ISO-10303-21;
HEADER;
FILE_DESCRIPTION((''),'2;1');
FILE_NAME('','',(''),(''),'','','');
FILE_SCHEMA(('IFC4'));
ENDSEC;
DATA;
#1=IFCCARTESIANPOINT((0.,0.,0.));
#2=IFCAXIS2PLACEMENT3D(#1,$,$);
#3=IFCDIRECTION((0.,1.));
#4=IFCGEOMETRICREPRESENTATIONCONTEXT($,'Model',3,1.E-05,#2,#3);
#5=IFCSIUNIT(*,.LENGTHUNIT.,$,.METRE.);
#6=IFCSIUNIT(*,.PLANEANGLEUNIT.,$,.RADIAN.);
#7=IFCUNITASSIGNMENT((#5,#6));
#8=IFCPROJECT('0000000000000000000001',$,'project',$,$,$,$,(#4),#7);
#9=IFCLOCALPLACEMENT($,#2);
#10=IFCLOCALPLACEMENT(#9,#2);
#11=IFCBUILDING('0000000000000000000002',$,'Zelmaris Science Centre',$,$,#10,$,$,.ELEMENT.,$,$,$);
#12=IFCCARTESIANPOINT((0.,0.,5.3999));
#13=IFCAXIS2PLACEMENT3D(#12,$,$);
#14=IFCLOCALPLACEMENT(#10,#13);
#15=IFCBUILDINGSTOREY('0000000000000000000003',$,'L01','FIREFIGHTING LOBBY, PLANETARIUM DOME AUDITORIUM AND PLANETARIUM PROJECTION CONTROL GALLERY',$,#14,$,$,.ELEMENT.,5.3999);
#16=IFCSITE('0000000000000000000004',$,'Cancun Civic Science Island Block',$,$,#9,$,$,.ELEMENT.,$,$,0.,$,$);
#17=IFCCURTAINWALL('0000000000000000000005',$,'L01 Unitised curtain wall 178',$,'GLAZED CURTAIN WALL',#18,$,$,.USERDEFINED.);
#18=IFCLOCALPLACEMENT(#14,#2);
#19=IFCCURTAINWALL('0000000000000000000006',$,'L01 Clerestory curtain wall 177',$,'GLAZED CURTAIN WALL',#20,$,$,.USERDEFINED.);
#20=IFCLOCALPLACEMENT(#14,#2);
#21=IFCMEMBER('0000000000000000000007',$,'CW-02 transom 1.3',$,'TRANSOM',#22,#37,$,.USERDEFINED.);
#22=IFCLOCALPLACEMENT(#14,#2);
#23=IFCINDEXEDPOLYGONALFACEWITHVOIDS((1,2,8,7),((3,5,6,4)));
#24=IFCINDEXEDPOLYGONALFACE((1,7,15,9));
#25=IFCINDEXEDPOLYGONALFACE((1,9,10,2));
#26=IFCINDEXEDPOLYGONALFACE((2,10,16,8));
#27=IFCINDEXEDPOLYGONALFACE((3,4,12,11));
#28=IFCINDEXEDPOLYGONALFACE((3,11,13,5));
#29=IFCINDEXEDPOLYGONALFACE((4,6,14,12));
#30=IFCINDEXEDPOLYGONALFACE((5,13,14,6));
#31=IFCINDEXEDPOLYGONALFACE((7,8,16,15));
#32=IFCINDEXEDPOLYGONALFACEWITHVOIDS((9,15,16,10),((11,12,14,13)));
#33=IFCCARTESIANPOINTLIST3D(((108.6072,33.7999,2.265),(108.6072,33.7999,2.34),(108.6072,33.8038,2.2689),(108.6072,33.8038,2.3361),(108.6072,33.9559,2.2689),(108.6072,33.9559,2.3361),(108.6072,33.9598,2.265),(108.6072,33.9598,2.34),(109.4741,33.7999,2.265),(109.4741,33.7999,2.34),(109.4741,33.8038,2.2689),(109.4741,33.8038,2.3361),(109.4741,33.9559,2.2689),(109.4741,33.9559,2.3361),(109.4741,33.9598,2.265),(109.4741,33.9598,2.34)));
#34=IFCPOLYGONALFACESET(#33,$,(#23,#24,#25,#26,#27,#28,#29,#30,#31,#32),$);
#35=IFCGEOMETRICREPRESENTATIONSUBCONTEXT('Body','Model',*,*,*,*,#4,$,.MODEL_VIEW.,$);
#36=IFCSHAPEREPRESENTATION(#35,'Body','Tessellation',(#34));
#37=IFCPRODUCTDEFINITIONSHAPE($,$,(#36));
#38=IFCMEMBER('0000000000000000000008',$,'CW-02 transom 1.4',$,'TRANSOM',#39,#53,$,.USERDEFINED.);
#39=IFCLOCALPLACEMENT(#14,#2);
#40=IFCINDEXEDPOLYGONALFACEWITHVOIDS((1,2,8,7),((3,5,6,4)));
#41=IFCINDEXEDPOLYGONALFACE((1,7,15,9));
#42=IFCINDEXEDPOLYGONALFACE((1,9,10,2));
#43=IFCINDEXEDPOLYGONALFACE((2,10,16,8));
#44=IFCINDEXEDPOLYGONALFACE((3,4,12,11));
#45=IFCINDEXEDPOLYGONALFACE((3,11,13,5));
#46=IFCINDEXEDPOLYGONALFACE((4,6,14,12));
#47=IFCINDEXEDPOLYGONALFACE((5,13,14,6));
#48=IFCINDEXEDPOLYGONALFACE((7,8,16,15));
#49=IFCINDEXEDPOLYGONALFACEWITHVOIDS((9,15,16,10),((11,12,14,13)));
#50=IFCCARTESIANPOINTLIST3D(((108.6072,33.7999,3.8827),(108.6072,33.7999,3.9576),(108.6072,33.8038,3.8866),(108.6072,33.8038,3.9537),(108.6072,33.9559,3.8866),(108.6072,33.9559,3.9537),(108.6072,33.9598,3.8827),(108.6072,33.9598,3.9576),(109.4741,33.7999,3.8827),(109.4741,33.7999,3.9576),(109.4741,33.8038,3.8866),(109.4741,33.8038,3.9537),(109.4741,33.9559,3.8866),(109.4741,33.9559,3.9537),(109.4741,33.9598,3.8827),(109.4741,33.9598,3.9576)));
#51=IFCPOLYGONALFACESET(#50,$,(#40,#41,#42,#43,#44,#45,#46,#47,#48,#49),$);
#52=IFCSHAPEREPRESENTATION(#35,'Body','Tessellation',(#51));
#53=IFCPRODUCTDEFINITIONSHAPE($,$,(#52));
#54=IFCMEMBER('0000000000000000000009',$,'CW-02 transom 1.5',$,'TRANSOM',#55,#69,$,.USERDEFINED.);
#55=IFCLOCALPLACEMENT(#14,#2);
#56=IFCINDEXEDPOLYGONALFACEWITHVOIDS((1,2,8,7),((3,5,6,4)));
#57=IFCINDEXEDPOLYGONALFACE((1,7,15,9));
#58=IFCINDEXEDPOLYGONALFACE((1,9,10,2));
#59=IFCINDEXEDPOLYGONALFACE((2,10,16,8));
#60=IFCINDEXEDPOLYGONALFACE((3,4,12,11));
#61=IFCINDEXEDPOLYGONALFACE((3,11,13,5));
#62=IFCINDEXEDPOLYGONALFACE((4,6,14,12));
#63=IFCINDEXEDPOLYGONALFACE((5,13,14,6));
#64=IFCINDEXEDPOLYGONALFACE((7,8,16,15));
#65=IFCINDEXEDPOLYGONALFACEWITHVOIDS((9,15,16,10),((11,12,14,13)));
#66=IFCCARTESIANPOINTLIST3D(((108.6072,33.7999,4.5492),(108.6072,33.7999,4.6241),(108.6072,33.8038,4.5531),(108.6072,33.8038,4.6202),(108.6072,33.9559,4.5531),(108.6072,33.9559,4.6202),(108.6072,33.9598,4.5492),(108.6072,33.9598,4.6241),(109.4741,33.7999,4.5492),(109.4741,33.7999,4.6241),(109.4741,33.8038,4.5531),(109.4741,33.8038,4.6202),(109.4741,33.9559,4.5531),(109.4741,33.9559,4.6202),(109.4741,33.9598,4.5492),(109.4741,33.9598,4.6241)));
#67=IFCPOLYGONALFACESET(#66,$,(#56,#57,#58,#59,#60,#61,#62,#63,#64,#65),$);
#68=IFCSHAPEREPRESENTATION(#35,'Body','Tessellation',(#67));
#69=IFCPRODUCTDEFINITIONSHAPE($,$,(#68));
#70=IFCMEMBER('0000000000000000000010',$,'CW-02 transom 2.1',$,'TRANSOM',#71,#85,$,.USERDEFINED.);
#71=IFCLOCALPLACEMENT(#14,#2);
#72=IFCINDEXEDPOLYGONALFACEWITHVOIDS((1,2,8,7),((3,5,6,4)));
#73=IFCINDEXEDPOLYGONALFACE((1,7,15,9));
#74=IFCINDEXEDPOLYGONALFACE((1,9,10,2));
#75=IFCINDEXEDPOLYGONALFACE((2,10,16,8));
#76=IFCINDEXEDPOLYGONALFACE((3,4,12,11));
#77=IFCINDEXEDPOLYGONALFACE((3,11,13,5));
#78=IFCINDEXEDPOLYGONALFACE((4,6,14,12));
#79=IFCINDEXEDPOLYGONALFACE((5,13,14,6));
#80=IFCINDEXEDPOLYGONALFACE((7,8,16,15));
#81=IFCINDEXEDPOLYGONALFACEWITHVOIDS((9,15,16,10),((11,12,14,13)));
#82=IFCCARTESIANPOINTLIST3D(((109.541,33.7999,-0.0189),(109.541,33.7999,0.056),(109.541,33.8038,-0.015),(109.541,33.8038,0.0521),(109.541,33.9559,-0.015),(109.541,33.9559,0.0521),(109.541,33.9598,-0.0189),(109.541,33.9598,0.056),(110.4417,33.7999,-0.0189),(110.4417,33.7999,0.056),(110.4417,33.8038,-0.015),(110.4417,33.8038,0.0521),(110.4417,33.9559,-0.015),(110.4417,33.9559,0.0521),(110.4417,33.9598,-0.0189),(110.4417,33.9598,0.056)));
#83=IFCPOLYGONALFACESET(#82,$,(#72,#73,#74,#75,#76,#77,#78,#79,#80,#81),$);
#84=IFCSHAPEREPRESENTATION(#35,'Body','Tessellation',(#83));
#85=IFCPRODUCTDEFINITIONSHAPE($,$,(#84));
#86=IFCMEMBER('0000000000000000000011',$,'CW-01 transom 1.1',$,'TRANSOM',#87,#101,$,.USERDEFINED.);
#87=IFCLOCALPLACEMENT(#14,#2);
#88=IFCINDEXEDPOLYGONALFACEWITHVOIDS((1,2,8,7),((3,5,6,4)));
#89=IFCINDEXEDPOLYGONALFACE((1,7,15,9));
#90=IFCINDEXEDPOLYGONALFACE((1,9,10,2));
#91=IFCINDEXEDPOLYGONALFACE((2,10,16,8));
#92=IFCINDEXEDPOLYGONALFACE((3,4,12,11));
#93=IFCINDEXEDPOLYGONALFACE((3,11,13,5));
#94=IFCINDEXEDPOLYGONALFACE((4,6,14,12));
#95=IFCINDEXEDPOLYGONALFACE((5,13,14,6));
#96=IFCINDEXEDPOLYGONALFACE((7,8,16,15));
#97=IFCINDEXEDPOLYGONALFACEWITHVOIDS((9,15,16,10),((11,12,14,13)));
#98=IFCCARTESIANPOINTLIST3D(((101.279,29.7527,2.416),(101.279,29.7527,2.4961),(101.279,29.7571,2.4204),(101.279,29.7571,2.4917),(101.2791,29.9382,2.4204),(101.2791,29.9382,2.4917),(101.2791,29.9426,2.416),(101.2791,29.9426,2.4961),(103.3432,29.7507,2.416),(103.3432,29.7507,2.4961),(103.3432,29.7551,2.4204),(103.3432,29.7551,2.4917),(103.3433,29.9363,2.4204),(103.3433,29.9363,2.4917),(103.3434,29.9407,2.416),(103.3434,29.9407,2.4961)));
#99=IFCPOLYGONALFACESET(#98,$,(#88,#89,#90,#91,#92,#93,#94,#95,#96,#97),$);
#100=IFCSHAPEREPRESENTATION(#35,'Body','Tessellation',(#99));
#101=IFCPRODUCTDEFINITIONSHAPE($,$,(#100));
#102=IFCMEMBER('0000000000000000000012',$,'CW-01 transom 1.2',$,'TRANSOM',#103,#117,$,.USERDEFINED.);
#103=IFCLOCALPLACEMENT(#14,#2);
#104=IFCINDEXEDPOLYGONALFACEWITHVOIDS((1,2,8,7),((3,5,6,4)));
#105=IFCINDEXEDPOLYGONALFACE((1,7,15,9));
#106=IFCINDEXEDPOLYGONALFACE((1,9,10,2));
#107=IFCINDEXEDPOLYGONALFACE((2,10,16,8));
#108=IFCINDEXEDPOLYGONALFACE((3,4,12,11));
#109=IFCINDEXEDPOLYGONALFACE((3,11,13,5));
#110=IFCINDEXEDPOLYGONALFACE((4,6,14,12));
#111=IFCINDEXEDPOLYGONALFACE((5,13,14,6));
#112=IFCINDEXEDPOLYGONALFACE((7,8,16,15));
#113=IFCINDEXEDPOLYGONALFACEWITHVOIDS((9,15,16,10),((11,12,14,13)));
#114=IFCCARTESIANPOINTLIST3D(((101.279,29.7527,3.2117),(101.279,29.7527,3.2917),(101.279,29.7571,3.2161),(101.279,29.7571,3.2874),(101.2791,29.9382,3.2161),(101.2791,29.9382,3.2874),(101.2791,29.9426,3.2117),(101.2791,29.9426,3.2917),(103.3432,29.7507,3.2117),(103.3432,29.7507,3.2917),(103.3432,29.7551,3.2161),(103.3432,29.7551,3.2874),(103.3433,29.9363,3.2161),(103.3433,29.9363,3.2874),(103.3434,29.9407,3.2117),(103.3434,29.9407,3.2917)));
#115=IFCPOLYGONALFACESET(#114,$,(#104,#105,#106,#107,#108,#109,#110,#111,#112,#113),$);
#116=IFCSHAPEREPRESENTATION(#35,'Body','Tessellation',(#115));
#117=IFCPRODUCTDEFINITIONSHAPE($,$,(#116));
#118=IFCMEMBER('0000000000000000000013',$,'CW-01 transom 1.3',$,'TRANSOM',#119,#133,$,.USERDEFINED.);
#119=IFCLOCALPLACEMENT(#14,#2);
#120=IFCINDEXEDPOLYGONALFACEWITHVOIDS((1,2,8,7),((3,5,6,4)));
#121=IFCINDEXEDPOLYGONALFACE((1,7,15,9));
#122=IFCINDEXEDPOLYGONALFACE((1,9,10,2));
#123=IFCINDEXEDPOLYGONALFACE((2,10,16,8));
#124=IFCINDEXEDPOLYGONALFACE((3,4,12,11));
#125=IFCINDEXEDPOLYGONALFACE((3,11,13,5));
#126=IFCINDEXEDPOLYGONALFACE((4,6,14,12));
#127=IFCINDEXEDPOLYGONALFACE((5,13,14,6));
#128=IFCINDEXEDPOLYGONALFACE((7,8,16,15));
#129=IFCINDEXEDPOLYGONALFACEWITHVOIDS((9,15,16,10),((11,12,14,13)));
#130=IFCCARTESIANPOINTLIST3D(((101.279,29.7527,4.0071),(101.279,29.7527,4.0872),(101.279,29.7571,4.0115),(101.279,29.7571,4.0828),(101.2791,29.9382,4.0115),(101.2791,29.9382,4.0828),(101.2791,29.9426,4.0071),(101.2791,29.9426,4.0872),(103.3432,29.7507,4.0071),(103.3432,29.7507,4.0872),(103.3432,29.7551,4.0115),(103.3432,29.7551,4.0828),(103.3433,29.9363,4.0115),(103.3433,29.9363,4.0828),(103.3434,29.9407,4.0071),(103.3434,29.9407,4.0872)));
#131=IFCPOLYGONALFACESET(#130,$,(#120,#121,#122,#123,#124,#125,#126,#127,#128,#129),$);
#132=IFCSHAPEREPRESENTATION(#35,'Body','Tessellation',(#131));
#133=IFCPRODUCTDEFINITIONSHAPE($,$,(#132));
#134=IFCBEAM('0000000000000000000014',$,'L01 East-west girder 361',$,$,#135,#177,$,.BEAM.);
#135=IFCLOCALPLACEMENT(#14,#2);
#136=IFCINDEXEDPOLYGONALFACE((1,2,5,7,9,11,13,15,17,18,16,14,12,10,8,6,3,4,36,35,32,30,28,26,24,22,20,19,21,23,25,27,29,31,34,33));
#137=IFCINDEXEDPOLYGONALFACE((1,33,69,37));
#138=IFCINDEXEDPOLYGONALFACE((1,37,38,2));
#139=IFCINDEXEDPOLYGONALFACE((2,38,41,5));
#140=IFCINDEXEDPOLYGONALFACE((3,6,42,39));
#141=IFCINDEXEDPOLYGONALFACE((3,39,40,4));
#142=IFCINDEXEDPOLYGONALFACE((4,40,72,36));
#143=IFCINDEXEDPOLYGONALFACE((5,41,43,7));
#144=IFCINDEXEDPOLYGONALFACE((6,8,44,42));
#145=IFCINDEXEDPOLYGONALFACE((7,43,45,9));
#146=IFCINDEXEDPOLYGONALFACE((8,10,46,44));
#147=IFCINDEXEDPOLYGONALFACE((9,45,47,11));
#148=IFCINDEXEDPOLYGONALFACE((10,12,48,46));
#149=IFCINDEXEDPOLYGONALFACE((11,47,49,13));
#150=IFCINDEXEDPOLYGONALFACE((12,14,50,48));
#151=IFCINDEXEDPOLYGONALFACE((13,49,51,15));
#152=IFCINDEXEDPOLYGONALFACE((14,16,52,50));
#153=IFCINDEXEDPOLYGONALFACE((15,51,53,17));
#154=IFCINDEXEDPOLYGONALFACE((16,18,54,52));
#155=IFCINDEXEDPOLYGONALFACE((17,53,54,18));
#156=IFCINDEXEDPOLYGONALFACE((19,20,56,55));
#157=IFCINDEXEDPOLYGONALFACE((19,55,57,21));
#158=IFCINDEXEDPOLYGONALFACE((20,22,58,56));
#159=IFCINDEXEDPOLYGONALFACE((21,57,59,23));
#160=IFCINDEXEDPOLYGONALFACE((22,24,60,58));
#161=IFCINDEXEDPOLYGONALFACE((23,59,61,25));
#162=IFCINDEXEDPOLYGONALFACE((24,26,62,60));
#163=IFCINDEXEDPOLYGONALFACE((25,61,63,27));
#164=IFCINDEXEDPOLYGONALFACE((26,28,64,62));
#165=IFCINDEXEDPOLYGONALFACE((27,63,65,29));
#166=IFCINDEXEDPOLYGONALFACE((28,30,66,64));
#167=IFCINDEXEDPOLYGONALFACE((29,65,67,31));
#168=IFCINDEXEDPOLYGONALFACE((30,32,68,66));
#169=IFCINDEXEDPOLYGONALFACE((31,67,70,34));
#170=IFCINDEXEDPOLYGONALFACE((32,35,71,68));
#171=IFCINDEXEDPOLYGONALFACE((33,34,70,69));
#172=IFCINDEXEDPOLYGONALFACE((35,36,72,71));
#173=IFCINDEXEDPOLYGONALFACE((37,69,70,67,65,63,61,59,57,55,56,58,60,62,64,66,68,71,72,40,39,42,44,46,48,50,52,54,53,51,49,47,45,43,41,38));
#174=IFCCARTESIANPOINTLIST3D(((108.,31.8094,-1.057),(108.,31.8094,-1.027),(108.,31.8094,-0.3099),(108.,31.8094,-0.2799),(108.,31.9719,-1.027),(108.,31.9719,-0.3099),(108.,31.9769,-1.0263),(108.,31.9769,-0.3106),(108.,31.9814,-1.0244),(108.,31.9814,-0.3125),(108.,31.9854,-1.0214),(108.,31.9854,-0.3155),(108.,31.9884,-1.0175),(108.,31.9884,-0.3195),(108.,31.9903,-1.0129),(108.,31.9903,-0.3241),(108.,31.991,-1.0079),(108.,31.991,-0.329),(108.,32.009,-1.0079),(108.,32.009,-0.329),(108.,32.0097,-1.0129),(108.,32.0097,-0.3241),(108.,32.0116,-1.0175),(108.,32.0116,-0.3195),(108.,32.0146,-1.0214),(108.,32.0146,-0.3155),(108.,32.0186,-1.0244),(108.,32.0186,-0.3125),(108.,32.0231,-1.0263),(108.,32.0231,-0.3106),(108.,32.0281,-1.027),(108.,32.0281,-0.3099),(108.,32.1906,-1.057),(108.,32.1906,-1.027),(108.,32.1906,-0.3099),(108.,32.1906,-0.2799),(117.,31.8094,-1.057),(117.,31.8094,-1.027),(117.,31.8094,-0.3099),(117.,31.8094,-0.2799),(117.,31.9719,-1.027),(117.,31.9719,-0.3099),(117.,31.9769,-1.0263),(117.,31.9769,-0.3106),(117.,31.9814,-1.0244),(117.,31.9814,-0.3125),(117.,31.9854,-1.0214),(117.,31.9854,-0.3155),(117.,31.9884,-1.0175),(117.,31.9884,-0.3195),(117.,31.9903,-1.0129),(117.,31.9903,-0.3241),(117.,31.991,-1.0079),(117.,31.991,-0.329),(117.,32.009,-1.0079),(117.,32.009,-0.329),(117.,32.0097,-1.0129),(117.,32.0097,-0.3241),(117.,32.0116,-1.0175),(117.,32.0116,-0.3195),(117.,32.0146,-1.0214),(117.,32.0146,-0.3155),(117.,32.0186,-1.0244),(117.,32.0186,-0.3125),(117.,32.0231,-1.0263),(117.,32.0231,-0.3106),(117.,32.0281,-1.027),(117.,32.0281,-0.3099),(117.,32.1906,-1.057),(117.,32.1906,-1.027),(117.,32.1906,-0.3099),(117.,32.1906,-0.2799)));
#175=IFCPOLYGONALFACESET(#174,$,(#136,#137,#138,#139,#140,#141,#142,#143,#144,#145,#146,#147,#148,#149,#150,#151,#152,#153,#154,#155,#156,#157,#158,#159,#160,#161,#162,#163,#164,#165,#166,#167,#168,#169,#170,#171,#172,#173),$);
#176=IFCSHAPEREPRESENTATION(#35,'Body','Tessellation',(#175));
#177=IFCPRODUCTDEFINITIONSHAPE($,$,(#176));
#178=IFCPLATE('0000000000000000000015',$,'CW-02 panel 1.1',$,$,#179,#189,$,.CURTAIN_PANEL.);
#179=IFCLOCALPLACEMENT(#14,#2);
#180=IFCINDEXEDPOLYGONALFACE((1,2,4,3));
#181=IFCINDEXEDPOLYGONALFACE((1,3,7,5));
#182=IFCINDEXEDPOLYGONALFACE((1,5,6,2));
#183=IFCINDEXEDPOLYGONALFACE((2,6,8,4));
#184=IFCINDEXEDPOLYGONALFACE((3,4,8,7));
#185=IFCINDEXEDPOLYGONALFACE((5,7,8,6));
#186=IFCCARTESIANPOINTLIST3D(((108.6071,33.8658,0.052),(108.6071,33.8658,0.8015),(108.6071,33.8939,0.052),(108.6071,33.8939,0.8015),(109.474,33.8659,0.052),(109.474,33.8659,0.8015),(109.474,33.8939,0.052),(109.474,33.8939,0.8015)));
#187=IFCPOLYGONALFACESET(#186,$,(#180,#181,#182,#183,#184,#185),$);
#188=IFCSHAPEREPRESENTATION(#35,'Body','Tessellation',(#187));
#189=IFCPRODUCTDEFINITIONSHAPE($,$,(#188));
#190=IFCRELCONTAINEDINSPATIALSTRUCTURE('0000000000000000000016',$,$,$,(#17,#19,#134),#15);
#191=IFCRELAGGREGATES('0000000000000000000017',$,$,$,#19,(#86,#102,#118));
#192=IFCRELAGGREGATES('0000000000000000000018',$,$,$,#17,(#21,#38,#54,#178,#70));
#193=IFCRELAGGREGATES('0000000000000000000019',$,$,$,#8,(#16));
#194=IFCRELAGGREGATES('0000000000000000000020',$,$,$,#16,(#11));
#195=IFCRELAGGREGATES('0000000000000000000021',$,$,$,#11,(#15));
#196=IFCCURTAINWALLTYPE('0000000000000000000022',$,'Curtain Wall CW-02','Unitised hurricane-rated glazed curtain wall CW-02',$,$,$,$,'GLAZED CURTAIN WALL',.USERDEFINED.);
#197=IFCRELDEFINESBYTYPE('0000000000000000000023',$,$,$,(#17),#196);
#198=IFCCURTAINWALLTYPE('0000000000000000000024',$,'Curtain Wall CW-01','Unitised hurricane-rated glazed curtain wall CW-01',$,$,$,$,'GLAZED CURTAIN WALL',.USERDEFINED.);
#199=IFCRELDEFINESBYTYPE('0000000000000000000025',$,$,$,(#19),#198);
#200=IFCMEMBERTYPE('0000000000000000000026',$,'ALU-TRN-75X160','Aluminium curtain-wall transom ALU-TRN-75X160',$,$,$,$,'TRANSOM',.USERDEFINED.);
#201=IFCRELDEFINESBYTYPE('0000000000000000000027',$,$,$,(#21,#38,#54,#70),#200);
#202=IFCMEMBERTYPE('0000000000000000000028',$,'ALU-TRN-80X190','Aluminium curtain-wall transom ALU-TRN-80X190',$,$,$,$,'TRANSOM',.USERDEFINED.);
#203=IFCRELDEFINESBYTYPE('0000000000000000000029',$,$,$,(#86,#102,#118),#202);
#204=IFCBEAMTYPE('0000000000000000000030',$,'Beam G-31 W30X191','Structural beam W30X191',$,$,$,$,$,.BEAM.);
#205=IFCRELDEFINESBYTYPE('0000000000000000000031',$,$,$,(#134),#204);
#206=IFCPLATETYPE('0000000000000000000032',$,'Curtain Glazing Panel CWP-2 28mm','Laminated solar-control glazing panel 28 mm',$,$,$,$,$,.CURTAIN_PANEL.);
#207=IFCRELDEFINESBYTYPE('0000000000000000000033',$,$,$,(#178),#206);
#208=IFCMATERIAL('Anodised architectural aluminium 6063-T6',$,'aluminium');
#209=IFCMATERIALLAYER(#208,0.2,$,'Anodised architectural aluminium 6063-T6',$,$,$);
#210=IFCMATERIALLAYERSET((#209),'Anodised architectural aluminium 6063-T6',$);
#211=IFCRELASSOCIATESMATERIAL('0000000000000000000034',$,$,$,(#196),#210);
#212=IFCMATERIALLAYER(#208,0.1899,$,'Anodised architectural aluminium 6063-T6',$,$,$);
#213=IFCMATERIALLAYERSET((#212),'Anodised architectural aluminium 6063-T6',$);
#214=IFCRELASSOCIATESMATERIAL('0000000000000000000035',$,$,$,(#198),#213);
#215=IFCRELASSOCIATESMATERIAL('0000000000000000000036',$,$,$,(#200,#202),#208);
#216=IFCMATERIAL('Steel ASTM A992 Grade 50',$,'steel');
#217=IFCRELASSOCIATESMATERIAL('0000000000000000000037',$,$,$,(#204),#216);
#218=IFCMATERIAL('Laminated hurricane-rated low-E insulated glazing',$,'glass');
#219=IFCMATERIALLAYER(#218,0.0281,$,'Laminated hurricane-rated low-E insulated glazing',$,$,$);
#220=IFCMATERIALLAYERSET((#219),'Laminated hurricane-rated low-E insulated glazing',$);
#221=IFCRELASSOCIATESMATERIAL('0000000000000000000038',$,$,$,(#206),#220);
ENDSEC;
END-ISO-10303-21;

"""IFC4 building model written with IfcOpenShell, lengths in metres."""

from ifc_helpers import new_model, si_unit, direction, frame, origin, origin_2d, place, context, subcontext, project, spatial, rectangle, hollow_rectangle, i_section, extrude, material, layer, layer_set, material_profile, profile_set, type_object, element, aggregate, save


model = new_model("IFC4")

# Units and contexts
model_context = context("Model", 3, precision=1e-05, world=origin(), true_north=direction((0.0, 1.0)))
body_context = subcontext(model_context, "Body", "Model", "MODEL_VIEW")
ifc_project = project(units=[si_unit("LENGTHUNIT", "METRE"), si_unit("PLANEANGLEUNIT", "RADIAN")], contexts=[model_context])

# Site, building, storey
site_placement = place(None, origin())
site = spatial("IfcSite", under=ifc_project, at=site_placement, Name="Cancun Civic Science Island Block", CompositionType="ELEMENT", RefElevation=0.0)
building_placement = place(site_placement, origin())
building = spatial("IfcBuilding", under=site, at=building_placement, Name="Zelmaris Science Centre", CompositionType="ELEMENT")
storey_placement = place(building_placement, frame((0.0, 0.0, 5.3999)))
storey = spatial("IfcBuildingStorey", under=building, at=storey_placement, Name="L01", Description="FIREFIGHTING LOBBY, PLANETARIUM DOME AUDITORIUM AND PLANETARIUM PROJECTION CONTROL GALLERY", CompositionType="ELEMENT", Elevation=5.3999)

# Shared definitions
ifc_material_1 = material(Name="Steel ASTM A992 Grade 50", Category="steel")

# Curtain wall
ifc_material_2 = material(Name="Anodised architectural aluminium 6063-T6", Category="aluminium")
ifc_layer_1 = layer(ifc_material_2, 0.2, Name="Anodised architectural aluminium 6063-T6")
ifc_layer_set_1 = layer_set([ifc_layer_1], Name="Anodised architectural aluminium 6063-T6")
curtain_wall_type_1 = type_object("IfcCurtainWallType", Name="Curtain Wall CW-02", Description="Unitised hurricane-rated glazed curtain wall CW-02", ElementType="GLAZED CURTAIN WALL", PredefinedType="USERDEFINED", material=ifc_layer_set_1)
curtain_wall_1_placement = place(storey_placement, origin())
curtain_wall_1 = element("IfcCurtainWall", 1, at=curtain_wall_1_placement, inside=storey, type_object=curtain_wall_type_1, Name="L01 Unitised curtain wall 178", ObjectType="GLAZED CURTAIN WALL", PredefinedType="USERDEFINED")

# Curtain wall
ifc_layer_2 = layer(ifc_material_2, 0.1899, Name="Anodised architectural aluminium 6063-T6")
ifc_layer_set_2 = layer_set([ifc_layer_2], Name="Anodised architectural aluminium 6063-T6")
curtain_wall_type_2 = type_object("IfcCurtainWallType", Name="Curtain Wall CW-01", Description="Unitised hurricane-rated glazed curtain wall CW-01", ElementType="GLAZED CURTAIN WALL", PredefinedType="USERDEFINED", material=ifc_layer_set_2)
curtain_wall_2_placement = place(storey_placement, origin())
curtain_wall_2 = element("IfcCurtainWall", 2, at=curtain_wall_2_placement, inside=storey, type_object=curtain_wall_type_2, Name="L01 Clerestory curtain wall 177", ObjectType="GLAZED CURTAIN WALL", PredefinedType="USERDEFINED")

# Members
ifc_material_profile_1 = material_profile(ifc_material_2, hollow_rectangle(XDim=0.075, YDim=0.1599, WallThickness=0.0039, at=origin_2d()), Name="ALU-TRN-75X160")
ifc_profile_set_1 = profile_set([ifc_material_profile_1], Name="Anodised architectural aluminium 6063-T6")
member_type_1 = type_object("IfcMemberType", Name="ALU-TRN-75X160", Description="Aluminium curtain-wall transom ALU-TRN-75X160", ElementType="TRANSOM", PredefinedType="USERDEFINED", material=ifc_profile_set_1)
member_1_placement = place(storey_placement, frame((108.6072, 33.8799, 2.3025), z_axis=(1.0, 0.0, 0.0), x_axis=(0.0, 0.0, 1.0)))
member_1 = element("IfcMember", 3, at=member_1_placement, type_object=member_type_1, Name="CW-02 transom 1.3", ObjectType="TRANSOM", PredefinedType="USERDEFINED", context=body_context, shape_type="SweptSolid", body=[
    extrude(hollow_rectangle(XDim=0.075, YDim=0.1599, WallThickness=0.0039, at=origin_2d()), origin(), (0.0, 0.0, 1.0), 0.8669),
])
member_2_placement = place(storey_placement, frame((108.6072, 33.8799, 3.9202), z_axis=(1.0, 0.0, 0.0), x_axis=(0.0, 0.0, 1.0)))
member_2 = element("IfcMember", 4, at=member_2_placement, type_object=member_type_1, Name="CW-02 transom 1.4", ObjectType="TRANSOM", PredefinedType="USERDEFINED", context=body_context, shape_type="SweptSolid", body=[
    extrude(hollow_rectangle(XDim=0.075, YDim=0.1599, WallThickness=0.0039, at=origin_2d()), origin(), (0.0, 0.0, 1.0), 0.8669),
])
member_3_placement = place(storey_placement, frame((108.6072, 33.8799, 4.5867), z_axis=(1.0, 0.0, 0.0), x_axis=(0.0, 0.0, 1.0)))
member_3 = element("IfcMember", 5, at=member_3_placement, type_object=member_type_1, Name="CW-02 transom 1.5", ObjectType="TRANSOM", PredefinedType="USERDEFINED", context=body_context, shape_type="SweptSolid", body=[
    extrude(hollow_rectangle(XDim=0.075, YDim=0.1599, WallThickness=0.0039, at=origin_2d()), origin(), (0.0, 0.0, 1.0), 0.8669),
])
member_4_placement = place(storey_placement, frame((109.541, 33.8799, 0.0186), z_axis=(1.0, 0.0, 0.0), x_axis=(0.0, 0.0, 1.0)))
member_4 = element("IfcMember", 6, at=member_4_placement, type_object=member_type_1, Name="CW-02 transom 2.1", ObjectType="TRANSOM", PredefinedType="USERDEFINED", context=body_context, shape_type="SweptSolid", body=[
    extrude(hollow_rectangle(XDim=0.075, YDim=0.1599, WallThickness=0.0039, at=origin_2d()), origin(), (0.0, 0.0, 1.0), 0.9006),
])
ifc_material_profile_2 = material_profile(ifc_material_2, hollow_rectangle(XDim=0.0801, YDim=0.1899, WallThickness=0.0044, at=origin_2d()), Name="ALU-TRN-80X190")
ifc_profile_set_2 = profile_set([ifc_material_profile_2], Name="Anodised architectural aluminium 6063-T6")
member_type_2 = type_object("IfcMemberType", Name="ALU-TRN-80X190", Description="Aluminium curtain-wall transom ALU-TRN-80X190", ElementType="TRANSOM", PredefinedType="USERDEFINED", material=ifc_profile_set_2)
member_5_placement = place(storey_placement, frame((101.2791, 29.8477, 2.4561), z_axis=(1.0, -0.000946, 0.0), x_axis=(0.0, 0.0, 1.0)))
member_5 = element("IfcMember", 7, at=member_5_placement, type_object=member_type_2, Name="CW-01 transom 1.1", ObjectType="TRANSOM", PredefinedType="USERDEFINED", context=body_context, shape_type="SweptSolid", body=[
    extrude(hollow_rectangle(XDim=0.0801, YDim=0.1899, WallThickness=0.0044, at=origin_2d()), origin(), (0.0, 0.0, 1.0), 2.0642),
])
member_6_placement = place(storey_placement, frame((101.2791, 29.8477, 3.2517), z_axis=(1.0, -0.000946, 0.0), x_axis=(0.0, 0.0, 1.0)))
member_6 = element("IfcMember", 8, at=member_6_placement, type_object=member_type_2, Name="CW-01 transom 1.2", ObjectType="TRANSOM", PredefinedType="USERDEFINED", context=body_context, shape_type="SweptSolid", body=[
    extrude(hollow_rectangle(XDim=0.0801, YDim=0.1899, WallThickness=0.0044, at=origin_2d()), origin(), (0.0, 0.0, 1.0), 2.0642),
])
member_7_placement = place(storey_placement, frame((101.2791, 29.8477, 4.0471), z_axis=(1.0, -0.000946, 0.0), x_axis=(0.0, 0.0, 1.0)))
member_7 = element("IfcMember", 9, at=member_7_placement, type_object=member_type_2, Name="CW-01 transom 1.3", ObjectType="TRANSOM", PredefinedType="USERDEFINED", context=body_context, shape_type="SweptSolid", body=[
    extrude(hollow_rectangle(XDim=0.0801, YDim=0.1899, WallThickness=0.0044, at=origin_2d()), origin(), (0.0, 0.0, 1.0), 2.0642),
])
aggregate(curtain_wall_2, [member_5, member_6, member_7])

# Beam
ifc_material_profile_3 = material_profile(ifc_material_1, i_section(OverallWidth=0.3811, OverallDepth=0.7771, WebThickness=0.0181, FlangeThickness=0.03, FilletRadius=0.019, at=origin_2d()), Name="W30X191")
ifc_profile_set_3 = profile_set([ifc_material_profile_3], Name="Steel ASTM A992 Grade 50")
beam_type = type_object("IfcBeamType", Name="Beam G-31 W30X191", Description="Structural beam W30X191", PredefinedType="BEAM", material=ifc_profile_set_3)
beam_placement = place(storey_placement, frame((108.0, 32.0, -0.6685), z_axis=(1.0, 0.0, 0.0), x_axis=(0.0, 1.0, 0.0)))
element("IfcBeam", 10, at=beam_placement, inside=storey, type_object=beam_type, Name="L01 East-west girder 361", PredefinedType="BEAM", context=body_context, shape_type="SweptSolid", body=[
    extrude(i_section(OverallWidth=0.3811, OverallDepth=0.7771, WebThickness=0.0181, FlangeThickness=0.03, FilletRadius=0.019, at=origin_2d()), origin(), (0.0, 0.0, 1.0), 9.0),
])

# Plate
ifc_material_3 = material(Name="Laminated hurricane-rated low-E insulated glazing", Category="glass")
ifc_layer_3 = layer(ifc_material_3, 0.0281, Name="Laminated hurricane-rated low-E insulated glazing")
ifc_layer_set_3 = layer_set([ifc_layer_3], Name="Laminated hurricane-rated low-E insulated glazing")
plate_type_1 = type_object("IfcPlateType", Name="Curtain Glazing Panel CWP-2 28mm", Description="Laminated solar-control glazing panel 28 mm", PredefinedType="CURTAIN_PANEL", material=ifc_layer_set_3)
plate_1_placement = place(storey_placement, frame((109.0405, 33.8799, 0.052), z_axis=(0.0, 0.0, 1.0), x_axis=(1.0, 0.000026, 0.0)))
plate_1 = element("IfcPlate", 11, at=plate_1_placement, type_object=plate_type_1, Name="CW-02 panel 1.1", PredefinedType="CURTAIN_PANEL", context=body_context, shape_type="SweptSolid", body=[
    extrude(rectangle(XDim=0.8669, YDim=0.0281, at=origin_2d()), origin(), (0.0, 0.0, 1.0), 0.7495),
])
aggregate(curtain_wall_1, [member_1, member_2, member_3, plate_1, member_4])

save(model, "model.ifc")
